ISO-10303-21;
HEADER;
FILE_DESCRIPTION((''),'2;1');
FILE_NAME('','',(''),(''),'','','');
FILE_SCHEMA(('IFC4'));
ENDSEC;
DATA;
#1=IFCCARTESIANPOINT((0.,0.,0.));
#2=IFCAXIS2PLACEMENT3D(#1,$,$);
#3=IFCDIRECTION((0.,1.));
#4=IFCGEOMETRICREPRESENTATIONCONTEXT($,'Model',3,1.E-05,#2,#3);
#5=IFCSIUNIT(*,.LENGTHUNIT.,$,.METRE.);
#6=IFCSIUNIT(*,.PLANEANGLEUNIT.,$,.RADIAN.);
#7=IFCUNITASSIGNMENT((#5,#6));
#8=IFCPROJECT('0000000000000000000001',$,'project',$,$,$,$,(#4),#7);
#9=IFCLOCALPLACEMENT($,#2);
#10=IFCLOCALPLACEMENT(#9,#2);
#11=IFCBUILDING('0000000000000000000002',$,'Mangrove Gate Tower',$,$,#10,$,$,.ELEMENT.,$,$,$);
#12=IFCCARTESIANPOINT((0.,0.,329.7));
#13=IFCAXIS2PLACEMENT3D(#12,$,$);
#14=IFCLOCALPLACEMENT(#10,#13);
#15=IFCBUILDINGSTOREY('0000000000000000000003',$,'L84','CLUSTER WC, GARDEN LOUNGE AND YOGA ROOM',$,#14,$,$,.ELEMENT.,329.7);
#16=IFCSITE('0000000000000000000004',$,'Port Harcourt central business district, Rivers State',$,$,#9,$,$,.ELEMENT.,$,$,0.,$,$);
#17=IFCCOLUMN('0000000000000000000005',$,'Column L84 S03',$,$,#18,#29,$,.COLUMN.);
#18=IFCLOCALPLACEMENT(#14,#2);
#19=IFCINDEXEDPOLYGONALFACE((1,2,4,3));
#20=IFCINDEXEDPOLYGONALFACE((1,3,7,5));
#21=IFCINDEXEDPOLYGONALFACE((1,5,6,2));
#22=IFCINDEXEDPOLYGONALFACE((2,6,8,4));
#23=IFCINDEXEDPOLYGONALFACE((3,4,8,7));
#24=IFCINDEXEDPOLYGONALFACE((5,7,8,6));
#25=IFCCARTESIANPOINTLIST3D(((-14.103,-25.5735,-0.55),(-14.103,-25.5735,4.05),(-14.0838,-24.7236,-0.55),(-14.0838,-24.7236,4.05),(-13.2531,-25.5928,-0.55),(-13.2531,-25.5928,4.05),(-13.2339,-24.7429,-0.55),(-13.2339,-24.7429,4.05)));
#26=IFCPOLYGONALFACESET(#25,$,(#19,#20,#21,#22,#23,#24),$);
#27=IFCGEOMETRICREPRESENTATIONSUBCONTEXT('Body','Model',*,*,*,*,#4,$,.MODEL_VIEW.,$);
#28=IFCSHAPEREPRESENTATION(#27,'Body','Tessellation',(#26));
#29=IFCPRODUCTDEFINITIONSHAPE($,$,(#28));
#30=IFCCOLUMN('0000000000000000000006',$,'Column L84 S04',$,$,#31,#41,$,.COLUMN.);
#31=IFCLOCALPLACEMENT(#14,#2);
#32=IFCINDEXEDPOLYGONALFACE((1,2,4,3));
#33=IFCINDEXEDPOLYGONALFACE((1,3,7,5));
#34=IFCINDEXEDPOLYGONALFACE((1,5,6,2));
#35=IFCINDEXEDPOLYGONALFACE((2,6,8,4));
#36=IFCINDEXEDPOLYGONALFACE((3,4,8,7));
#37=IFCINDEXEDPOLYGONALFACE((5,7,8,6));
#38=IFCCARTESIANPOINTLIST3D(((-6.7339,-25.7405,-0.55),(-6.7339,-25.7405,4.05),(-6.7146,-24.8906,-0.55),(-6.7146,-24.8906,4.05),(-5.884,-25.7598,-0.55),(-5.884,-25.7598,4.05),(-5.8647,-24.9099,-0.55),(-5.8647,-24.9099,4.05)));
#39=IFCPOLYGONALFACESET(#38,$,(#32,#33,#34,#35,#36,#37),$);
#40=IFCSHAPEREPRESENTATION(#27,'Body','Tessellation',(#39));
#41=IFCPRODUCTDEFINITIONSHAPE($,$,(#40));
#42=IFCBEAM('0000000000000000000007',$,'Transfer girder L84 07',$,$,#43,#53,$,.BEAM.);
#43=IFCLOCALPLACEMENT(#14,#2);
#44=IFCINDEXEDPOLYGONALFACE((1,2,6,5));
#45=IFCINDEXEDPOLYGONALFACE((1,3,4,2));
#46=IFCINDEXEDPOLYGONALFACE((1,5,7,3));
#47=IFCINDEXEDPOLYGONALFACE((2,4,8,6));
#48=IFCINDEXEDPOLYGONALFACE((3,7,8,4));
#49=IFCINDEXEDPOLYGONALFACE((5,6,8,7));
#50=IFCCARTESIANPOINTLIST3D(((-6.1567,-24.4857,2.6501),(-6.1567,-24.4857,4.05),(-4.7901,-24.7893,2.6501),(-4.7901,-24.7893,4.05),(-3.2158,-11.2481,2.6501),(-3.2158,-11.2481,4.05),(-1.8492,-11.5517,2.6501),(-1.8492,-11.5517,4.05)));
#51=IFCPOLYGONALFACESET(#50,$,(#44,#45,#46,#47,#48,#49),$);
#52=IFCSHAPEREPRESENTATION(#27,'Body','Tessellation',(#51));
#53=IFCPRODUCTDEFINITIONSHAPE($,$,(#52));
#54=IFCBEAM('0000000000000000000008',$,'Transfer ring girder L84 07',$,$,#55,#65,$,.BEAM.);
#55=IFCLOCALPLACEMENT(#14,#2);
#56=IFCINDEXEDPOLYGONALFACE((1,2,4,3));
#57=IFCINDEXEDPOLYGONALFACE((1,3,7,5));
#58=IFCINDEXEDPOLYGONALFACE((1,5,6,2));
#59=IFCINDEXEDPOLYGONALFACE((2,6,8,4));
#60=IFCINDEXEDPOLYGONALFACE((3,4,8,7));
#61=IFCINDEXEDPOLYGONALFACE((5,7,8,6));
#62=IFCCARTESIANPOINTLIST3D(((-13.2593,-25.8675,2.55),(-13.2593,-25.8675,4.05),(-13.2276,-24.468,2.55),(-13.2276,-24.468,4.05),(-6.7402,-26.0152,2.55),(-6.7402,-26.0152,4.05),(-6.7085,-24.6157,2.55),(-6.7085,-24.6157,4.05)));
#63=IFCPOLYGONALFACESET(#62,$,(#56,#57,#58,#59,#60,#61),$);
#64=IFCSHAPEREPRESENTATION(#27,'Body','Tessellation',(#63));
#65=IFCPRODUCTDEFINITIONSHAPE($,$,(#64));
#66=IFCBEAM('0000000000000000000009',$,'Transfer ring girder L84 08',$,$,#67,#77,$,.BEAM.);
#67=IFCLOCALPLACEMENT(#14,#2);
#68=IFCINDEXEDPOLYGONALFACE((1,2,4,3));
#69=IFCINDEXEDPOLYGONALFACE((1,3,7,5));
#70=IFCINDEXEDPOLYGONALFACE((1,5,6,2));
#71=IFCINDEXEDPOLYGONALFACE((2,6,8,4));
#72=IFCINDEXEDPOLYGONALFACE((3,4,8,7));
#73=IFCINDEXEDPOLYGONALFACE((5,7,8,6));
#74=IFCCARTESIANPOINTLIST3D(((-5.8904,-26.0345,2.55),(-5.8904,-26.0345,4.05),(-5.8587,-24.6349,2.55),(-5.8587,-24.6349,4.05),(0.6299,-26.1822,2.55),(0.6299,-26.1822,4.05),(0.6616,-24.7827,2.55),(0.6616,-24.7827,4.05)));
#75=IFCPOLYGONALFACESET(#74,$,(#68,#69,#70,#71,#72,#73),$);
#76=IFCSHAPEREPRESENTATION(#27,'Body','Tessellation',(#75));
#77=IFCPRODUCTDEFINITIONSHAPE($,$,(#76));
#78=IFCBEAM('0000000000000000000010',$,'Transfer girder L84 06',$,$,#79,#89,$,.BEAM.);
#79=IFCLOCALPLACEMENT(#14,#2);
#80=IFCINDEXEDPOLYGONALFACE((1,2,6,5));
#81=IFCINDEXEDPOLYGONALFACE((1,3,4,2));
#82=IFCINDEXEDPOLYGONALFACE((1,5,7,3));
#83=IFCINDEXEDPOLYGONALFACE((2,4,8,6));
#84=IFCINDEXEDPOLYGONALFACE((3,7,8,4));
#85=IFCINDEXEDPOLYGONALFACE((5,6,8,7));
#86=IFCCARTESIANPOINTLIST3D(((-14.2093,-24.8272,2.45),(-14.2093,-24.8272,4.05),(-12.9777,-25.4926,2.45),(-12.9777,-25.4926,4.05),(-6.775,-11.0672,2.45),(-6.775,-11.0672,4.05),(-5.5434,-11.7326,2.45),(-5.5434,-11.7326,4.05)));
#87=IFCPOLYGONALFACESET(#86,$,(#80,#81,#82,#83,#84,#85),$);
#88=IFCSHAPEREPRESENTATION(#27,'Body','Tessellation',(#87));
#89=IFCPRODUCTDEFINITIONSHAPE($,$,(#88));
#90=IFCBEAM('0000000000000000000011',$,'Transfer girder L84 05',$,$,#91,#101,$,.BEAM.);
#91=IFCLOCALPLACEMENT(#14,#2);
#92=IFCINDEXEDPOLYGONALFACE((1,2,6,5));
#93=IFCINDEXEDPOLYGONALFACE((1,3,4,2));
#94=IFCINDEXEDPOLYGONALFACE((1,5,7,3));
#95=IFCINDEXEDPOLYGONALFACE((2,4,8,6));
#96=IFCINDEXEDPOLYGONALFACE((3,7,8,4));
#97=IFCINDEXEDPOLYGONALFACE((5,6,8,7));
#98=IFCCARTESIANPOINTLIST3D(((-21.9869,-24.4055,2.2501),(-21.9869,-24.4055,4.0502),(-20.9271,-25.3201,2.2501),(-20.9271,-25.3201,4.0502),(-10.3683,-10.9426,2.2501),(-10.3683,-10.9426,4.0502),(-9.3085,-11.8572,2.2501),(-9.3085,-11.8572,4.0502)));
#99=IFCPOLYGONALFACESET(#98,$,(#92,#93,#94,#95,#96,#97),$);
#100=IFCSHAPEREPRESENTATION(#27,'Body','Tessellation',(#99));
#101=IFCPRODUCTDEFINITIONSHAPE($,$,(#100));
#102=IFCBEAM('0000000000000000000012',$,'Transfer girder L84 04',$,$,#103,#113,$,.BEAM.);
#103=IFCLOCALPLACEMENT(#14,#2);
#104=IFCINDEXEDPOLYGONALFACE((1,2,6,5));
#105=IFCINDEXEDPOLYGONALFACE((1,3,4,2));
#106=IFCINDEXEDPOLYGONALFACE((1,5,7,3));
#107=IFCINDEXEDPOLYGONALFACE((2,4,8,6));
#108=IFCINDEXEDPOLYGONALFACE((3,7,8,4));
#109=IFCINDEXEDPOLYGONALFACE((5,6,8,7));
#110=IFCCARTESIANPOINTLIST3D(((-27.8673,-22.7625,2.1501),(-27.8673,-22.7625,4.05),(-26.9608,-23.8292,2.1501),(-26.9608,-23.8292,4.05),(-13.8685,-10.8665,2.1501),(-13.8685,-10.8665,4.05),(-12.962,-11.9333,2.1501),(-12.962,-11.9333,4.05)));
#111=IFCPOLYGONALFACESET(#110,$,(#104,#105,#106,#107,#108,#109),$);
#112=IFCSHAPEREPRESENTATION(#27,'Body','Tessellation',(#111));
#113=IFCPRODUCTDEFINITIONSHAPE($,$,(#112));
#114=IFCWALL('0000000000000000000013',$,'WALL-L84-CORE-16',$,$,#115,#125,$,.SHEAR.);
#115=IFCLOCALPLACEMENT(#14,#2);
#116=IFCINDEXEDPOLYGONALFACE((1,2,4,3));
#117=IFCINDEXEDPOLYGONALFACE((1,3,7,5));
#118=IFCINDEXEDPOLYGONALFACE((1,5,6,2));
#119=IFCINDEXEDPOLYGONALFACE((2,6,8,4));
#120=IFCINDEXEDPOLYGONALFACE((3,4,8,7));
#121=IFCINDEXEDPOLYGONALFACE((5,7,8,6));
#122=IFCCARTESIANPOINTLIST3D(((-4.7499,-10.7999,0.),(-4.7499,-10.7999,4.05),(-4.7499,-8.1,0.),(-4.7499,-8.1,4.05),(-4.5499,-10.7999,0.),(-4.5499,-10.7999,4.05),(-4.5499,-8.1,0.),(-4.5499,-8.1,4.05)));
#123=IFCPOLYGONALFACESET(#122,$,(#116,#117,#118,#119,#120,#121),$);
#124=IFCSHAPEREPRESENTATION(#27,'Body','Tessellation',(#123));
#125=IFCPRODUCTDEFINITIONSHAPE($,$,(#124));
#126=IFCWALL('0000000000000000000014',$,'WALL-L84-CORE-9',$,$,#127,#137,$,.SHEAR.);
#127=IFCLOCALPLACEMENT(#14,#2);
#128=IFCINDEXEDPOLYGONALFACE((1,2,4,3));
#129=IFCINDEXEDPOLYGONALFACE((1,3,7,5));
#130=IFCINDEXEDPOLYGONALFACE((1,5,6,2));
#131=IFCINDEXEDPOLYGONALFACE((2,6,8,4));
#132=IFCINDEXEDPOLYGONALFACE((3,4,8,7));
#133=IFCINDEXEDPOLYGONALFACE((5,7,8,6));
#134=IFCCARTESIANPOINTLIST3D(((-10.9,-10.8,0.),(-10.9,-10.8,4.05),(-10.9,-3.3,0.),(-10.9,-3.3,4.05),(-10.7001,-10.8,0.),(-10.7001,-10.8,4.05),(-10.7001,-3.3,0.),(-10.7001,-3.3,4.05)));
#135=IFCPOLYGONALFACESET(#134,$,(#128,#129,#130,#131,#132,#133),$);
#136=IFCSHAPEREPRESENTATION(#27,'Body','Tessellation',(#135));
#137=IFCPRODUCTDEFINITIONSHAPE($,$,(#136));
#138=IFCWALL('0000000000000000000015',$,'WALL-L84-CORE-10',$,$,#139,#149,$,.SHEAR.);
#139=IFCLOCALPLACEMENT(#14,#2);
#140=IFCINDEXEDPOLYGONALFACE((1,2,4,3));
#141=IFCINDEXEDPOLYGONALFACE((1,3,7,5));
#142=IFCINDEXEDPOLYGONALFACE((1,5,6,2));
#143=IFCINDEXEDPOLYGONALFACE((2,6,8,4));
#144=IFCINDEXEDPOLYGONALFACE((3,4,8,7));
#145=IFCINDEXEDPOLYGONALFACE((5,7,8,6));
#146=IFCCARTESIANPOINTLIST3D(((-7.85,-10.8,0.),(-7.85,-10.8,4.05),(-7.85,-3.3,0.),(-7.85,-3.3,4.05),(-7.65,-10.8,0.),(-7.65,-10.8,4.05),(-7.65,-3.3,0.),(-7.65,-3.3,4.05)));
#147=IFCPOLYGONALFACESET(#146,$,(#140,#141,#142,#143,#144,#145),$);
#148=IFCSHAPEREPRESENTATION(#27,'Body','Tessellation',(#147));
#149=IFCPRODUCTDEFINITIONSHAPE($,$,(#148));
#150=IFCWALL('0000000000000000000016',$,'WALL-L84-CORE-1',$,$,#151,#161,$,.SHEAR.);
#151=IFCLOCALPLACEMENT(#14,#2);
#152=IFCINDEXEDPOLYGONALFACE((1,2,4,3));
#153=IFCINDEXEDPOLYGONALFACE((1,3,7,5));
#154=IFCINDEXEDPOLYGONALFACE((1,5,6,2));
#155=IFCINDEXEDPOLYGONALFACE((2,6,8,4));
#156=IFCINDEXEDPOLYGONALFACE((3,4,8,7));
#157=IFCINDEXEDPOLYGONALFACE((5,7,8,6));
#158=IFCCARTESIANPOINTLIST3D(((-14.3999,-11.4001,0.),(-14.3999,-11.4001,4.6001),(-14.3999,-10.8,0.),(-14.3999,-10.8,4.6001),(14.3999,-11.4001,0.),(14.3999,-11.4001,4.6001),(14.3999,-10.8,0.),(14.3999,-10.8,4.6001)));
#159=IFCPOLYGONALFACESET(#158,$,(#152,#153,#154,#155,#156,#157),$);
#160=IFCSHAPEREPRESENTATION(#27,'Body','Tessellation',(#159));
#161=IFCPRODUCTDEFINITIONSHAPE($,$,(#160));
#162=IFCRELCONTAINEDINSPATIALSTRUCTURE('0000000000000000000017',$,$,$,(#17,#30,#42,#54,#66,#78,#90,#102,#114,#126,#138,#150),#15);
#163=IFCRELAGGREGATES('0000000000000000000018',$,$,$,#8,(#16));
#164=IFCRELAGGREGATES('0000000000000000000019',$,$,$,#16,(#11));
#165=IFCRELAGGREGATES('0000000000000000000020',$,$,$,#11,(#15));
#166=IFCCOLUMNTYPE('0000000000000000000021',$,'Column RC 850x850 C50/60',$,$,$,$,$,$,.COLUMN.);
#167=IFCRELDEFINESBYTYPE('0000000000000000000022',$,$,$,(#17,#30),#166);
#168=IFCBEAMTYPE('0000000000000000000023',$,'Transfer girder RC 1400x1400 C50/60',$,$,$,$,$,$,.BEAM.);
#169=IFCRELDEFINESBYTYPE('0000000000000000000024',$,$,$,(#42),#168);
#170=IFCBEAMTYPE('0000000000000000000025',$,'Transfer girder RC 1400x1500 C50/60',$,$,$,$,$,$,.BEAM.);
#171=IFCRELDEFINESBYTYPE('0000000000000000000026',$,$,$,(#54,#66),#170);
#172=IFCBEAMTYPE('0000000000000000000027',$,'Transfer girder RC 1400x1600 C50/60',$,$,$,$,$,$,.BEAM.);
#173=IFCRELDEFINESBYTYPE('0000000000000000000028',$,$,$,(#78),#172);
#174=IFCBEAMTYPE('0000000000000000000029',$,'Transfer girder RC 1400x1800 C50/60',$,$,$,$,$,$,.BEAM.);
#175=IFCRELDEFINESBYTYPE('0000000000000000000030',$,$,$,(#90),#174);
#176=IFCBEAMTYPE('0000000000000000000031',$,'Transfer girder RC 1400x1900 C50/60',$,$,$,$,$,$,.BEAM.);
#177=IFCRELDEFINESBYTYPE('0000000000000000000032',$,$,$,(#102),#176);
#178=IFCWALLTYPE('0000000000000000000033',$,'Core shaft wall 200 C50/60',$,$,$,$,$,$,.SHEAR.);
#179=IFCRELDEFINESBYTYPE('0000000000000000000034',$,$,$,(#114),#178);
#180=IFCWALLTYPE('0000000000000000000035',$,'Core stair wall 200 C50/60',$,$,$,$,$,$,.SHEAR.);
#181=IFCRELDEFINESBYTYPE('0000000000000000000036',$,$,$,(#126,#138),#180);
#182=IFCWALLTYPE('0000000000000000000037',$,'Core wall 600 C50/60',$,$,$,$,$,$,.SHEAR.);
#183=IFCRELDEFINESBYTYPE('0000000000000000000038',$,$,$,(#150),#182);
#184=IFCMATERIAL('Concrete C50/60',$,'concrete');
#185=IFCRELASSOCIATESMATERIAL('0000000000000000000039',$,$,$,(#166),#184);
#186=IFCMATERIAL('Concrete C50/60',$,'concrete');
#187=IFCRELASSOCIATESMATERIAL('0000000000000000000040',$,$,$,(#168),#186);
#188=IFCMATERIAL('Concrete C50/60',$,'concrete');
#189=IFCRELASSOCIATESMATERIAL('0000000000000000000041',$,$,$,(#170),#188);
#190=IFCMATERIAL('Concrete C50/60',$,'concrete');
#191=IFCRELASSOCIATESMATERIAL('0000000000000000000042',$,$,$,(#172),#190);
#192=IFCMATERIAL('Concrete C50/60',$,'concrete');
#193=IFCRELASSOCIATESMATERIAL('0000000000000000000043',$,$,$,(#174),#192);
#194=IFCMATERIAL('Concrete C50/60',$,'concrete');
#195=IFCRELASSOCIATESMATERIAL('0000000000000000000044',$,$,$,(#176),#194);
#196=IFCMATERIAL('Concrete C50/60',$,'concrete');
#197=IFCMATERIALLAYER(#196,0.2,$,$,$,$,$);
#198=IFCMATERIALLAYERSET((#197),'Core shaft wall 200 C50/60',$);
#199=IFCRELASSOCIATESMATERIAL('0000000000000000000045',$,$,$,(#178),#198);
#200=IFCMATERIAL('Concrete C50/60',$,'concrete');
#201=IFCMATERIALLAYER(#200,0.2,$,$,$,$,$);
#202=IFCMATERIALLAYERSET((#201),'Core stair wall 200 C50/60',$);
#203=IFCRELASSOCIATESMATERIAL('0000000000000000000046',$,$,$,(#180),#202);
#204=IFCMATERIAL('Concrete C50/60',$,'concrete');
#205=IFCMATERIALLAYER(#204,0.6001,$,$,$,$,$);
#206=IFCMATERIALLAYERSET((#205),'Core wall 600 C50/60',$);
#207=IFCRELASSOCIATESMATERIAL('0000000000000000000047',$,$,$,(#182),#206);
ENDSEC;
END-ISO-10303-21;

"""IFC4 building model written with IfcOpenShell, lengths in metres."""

from ifc_helpers import new_model, si_unit, direction, frame, frame_2d, origin, origin_2d, place, context, subcontext, project, spatial, rectangle, extrude, material, layer, layer_set, material_profile, profile_set, type_object, element, save


model = new_model("IFC4")

# Units and contexts
model_context = context("Model", 3, precision=1e-05, world=origin(), true_north=direction((0.0, 1.0)))
body_context = subcontext(model_context, "Body", "Model", "MODEL_VIEW")
ifc_project = project(units=[si_unit("LENGTHUNIT", "METRE"), si_unit("PLANEANGLEUNIT", "RADIAN")], contexts=[model_context])

# Site, building, storey
site_placement = place(None, origin())
site = spatial("IfcSite", under=ifc_project, at=site_placement, Name="Port Harcourt central business district, Rivers State", CompositionType="ELEMENT", RefElevation=0.0)
building_placement = place(site_placement, origin())
building = spatial("IfcBuilding", under=site, at=building_placement, Name="Mangrove Gate Tower", CompositionType="ELEMENT")
storey_placement = place(building_placement, frame((0.0, 0.0, 329.7)))
storey = spatial("IfcBuildingStorey", under=building, at=storey_placement, Name="L84", Description="CLUSTER WC, GARDEN LOUNGE AND YOGA ROOM", CompositionType="ELEMENT", Elevation=329.7)

# Columns
ifc_material_1 = material(Name="Concrete C50/60", Category="concrete")
ifc_material_profile_1 = material_profile(ifc_material_1, rectangle(XDim=0.8501, YDim=0.8501, at=origin_2d()))
ifc_profile_set_1 = profile_set([ifc_material_profile_1], Name="Concrete C50/60")
column_type = type_object("IfcColumnType", Name="Column RC 850x850 C50/60", PredefinedType="COLUMN", material=ifc_profile_set_1)
for number, where, z_axis, x_axis, name in (
    (1, (-13.6685, -25.1582, -0.55), (0.0, 0.0, 1.0), (0.999743, -0.022655, 0.0), "Column L84 S03"),
    (2, (-6.2993, -25.3252, -0.55), (0.0, 0.0, 1.0), (0.999743, -0.022655, 0.0), "Column L84 S04"),
):
    element("IfcColumn", number, at=place(storey_placement, frame(where, z_axis=z_axis, x_axis=x_axis)), inside=storey, type_object=column_type, Name=name, PredefinedType="COLUMN", context=body_context, shape_type="SweptSolid", body=[
        extrude(rectangle(XDim=0.8501, YDim=0.8501, at=origin_2d()), origin(), (0.0, 0.0, 1.0), 4.6001),
    ])

# Beams
ifc_material_2 = material(Name="Concrete C50/60", Category="concrete")
ifc_material_profile_2 = material_profile(ifc_material_2, rectangle(XDim=1.3999, YDim=1.3999, at=origin_2d()))
ifc_profile_set_2 = profile_set([ifc_material_profile_2], Name="Concrete C50/60")
beam_type_1 = type_object("IfcBeamType", Name="Transfer girder RC 1400x1400 C50/60", PredefinedType="BEAM", material=ifc_profile_set_2)
beam_1_placement = place(storey_placement, frame((-2.5325, -11.3999, 3.3501), z_axis=(-0.216877, -0.976199, 0.0), x_axis=(0.976199, -0.216877, 0.0)))
element("IfcBeam", 3, at=beam_1_placement, inside=storey, type_object=beam_type_1, Name="Transfer girder L84 07", PredefinedType="BEAM", context=body_context, shape_type="SweptSolid", body=[
    extrude(rectangle(XDim=1.3999, YDim=1.3999, at=origin_2d()), origin(), (0.0, 0.0, 1.0), 13.5603),
])
ifc_material_3 = material(Name="Concrete C50/60", Category="concrete")
ifc_material_profile_3 = material_profile(ifc_material_3, rectangle(XDim=1.3999, YDim=1.5, at=origin_2d()))
ifc_profile_set_3 = profile_set([ifc_material_profile_3], Name="Concrete C50/60")
beam_type_2 = type_object("IfcBeamType", Name="Transfer girder RC 1400x1500 C50/60", PredefinedType="BEAM", material=ifc_profile_set_3)
beam_2_placement = place(storey_placement, frame((-13.2434, -25.1677, 3.3), z_axis=(0.999743, -0.022652, 0.0), x_axis=(0.022652, 0.999743, 0.0)))
element("IfcBeam", 4, at=beam_2_placement, inside=storey, type_object=beam_type_2, Name="Transfer ring girder L84 07", PredefinedType="BEAM", context=body_context, shape_type="SweptSolid", body=[
    extrude(rectangle(XDim=1.3999, YDim=1.5, at=origin_2d()), origin(), (0.0, 0.0, 1.0), 6.5208),
])
beam_3_placement = place(storey_placement, frame((-5.8745, -25.3347, 3.3), z_axis=(0.999744, -0.022647, 0.0), x_axis=(0.022647, 0.999744, 0.0)))
element("IfcBeam", 5, at=beam_3_placement, inside=storey, type_object=beam_type_2, Name="Transfer ring girder L84 08", PredefinedType="BEAM", context=body_context, shape_type="SweptSolid", body=[
    extrude(rectangle(XDim=1.3999, YDim=1.5, at=origin_2d()), origin(), (0.0, 0.0, 1.0), 6.522),
])
ifc_material_4 = material(Name="Concrete C50/60", Category="concrete")
ifc_material_profile_4 = material_profile(ifc_material_4, rectangle(XDim=1.3999, YDim=1.6001, at=origin_2d()))
ifc_profile_set_4 = profile_set([ifc_material_profile_4], Name="Concrete C50/60")
beam_type_3 = type_object("IfcBeamType", Name="Transfer girder RC 1400x1600 C50/60", PredefinedType="BEAM", material=ifc_profile_set_4)
beam_4_placement = place(storey_placement, frame((-6.1592, -11.3999, 3.25), z_axis=(-0.475343, -0.879801, 0.0), x_axis=(0.879801, -0.475343, 0.0)))
element("IfcBeam", 6, at=beam_4_placement, inside=storey, type_object=beam_type_3, Name="Transfer girder L84 06", PredefinedType="BEAM", context=body_context, shape_type="SweptSolid", body=[
    extrude(rectangle(XDim=1.3999, YDim=1.6001, at=origin_2d()), origin(), (0.0, 0.0, 1.0), 15.6399),
])
ifc_material_5 = material(Name="Concrete C50/60", Category="concrete")
ifc_material_profile_5 = material_profile(ifc_material_5, rectangle(XDim=1.3999, YDim=1.8, at=origin_2d()))
ifc_profile_set_5 = profile_set([ifc_material_profile_5], Name="Concrete C50/60")
beam_type_4 = type_object("IfcBeamType", Name="Transfer girder RC 1400x1800 C50/60", PredefinedType="BEAM", material=ifc_profile_set_5)
beam_5_placement = place(storey_placement, frame((-9.8384, -11.3999, 3.1501), z_axis=(-0.65335, -0.757056, 0.0), x_axis=(0.757056, -0.65335, 0.0)))
element("IfcBeam", 7, at=beam_5_placement, inside=storey, type_object=beam_type_4, Name="Transfer girder L84 05", PredefinedType="BEAM", context=body_context, shape_type="SweptSolid", body=[
    extrude(rectangle(XDim=1.3999, YDim=1.8, at=origin_2d()), origin(), (0.0, 0.0, 1.0), 17.7832),
])
ifc_material_6 = material(Name="Concrete C50/60", Category="concrete")
ifc_material_profile_6 = material_profile(ifc_material_6, rectangle(XDim=1.3999, YDim=1.8999, at=origin_2d()))
ifc_profile_set_6 = profile_set([ifc_material_profile_6], Name="Concrete C50/60")
beam_type_5 = type_object("IfcBeamType", Name="Transfer girder RC 1400x1900 C50/60", PredefinedType="BEAM", material=ifc_profile_set_6)
beam_6_placement = place(storey_placement, frame((-13.4153, -11.3999, 3.1001), z_axis=(-0.762019, -0.647555, 0.0), x_axis=(0.647555, -0.762019, 0.0)))
element("IfcBeam", 8, at=beam_6_placement, inside=storey, type_object=beam_type_5, Name="Transfer girder L84 04", PredefinedType="BEAM", context=body_context, shape_type="SweptSolid", body=[
    extrude(rectangle(XDim=1.3999, YDim=1.8999, at=origin_2d()), origin(), (0.0, 0.0, 1.0), 18.3706),
])

# Walls
ifc_material_7 = material(Name="Concrete C50/60", Category="concrete")
ifc_layer_1 = layer(ifc_material_7, 0.2)
ifc_layer_set_1 = layer_set([ifc_layer_1], Name="Core shaft wall 200 C50/60")
wall_type_1 = type_object("IfcWallType", Name="Core shaft wall 200 C50/60", PredefinedType="SHEAR", material=ifc_layer_set_1)
wall_1_placement = place(storey_placement, frame((-4.6499, -10.8, 0.0), z_axis=(0.0, 0.0, 1.0), x_axis=(0.0, 1.0, 0.0)))
element("IfcWall", 9, at=wall_1_placement, inside=storey, type_object=wall_type_1, Name="WALL-L84-CORE-16", PredefinedType="SHEAR", context=body_context, shape_type="SweptSolid", body=[
    extrude(rectangle(XDim=2.7, YDim=0.2, at=frame_2d((1.3501, 0.0))), origin(), (0.0, 0.0, 1.0), 4.05),
])
ifc_material_8 = material(Name="Concrete C50/60", Category="concrete")
ifc_layer_2 = layer(ifc_material_8, 0.2)
ifc_layer_set_2 = layer_set([ifc_layer_2], Name="Core stair wall 200 C50/60")
wall_type_2 = type_object("IfcWallType", Name="Core stair wall 200 C50/60", PredefinedType="SHEAR", material=ifc_layer_set_2)
for number, where, z_axis, x_axis, name in (
    (10, (-10.8, -10.8, 0.0), (0.0, 0.0, 1.0), (0.0, 1.0, 0.0), "WALL-L84-CORE-9"),
    (11, (-7.75, -10.8, 0.0), (0.0, 0.0, 1.0), (0.0, 1.0, 0.0), "WALL-L84-CORE-10"),
):
    element("IfcWall", number, at=place(storey_placement, frame(where, z_axis=z_axis, x_axis=x_axis)), inside=storey, type_object=wall_type_2, Name=name, PredefinedType="SHEAR", context=body_context, shape_type="SweptSolid", body=[
        extrude(rectangle(XDim=7.5, YDim=0.2, at=frame_2d((3.75, 0.0))), origin(), (0.0, 0.0, 1.0), 4.05),
    ])
ifc_material_9 = material(Name="Concrete C50/60", Category="concrete")
ifc_layer_3 = layer(ifc_material_9, 0.6001)
ifc_layer_set_3 = layer_set([ifc_layer_3], Name="Core wall 600 C50/60")
wall_type_3 = type_object("IfcWallType", Name="Core wall 600 C50/60", PredefinedType="SHEAR", material=ifc_layer_set_3)
wall_2_placement = place(storey_placement, frame((-14.3999, -11.1001, 0.0), z_axis=(0.0, 0.0, 1.0), x_axis=(1.0, 0.0, 0.0)))
element("IfcWall", 12, at=wall_2_placement, inside=storey, type_object=wall_type_3, Name="WALL-L84-CORE-1", PredefinedType="SHEAR", context=body_context, shape_type="SweptSolid", body=[
    extrude(rectangle(XDim=28.7998, YDim=0.6001, at=frame_2d((14.3999, 0.0))), origin(), (0.0, 0.0, 1.0), 4.6001),
])

save(model, "model.ifc")
